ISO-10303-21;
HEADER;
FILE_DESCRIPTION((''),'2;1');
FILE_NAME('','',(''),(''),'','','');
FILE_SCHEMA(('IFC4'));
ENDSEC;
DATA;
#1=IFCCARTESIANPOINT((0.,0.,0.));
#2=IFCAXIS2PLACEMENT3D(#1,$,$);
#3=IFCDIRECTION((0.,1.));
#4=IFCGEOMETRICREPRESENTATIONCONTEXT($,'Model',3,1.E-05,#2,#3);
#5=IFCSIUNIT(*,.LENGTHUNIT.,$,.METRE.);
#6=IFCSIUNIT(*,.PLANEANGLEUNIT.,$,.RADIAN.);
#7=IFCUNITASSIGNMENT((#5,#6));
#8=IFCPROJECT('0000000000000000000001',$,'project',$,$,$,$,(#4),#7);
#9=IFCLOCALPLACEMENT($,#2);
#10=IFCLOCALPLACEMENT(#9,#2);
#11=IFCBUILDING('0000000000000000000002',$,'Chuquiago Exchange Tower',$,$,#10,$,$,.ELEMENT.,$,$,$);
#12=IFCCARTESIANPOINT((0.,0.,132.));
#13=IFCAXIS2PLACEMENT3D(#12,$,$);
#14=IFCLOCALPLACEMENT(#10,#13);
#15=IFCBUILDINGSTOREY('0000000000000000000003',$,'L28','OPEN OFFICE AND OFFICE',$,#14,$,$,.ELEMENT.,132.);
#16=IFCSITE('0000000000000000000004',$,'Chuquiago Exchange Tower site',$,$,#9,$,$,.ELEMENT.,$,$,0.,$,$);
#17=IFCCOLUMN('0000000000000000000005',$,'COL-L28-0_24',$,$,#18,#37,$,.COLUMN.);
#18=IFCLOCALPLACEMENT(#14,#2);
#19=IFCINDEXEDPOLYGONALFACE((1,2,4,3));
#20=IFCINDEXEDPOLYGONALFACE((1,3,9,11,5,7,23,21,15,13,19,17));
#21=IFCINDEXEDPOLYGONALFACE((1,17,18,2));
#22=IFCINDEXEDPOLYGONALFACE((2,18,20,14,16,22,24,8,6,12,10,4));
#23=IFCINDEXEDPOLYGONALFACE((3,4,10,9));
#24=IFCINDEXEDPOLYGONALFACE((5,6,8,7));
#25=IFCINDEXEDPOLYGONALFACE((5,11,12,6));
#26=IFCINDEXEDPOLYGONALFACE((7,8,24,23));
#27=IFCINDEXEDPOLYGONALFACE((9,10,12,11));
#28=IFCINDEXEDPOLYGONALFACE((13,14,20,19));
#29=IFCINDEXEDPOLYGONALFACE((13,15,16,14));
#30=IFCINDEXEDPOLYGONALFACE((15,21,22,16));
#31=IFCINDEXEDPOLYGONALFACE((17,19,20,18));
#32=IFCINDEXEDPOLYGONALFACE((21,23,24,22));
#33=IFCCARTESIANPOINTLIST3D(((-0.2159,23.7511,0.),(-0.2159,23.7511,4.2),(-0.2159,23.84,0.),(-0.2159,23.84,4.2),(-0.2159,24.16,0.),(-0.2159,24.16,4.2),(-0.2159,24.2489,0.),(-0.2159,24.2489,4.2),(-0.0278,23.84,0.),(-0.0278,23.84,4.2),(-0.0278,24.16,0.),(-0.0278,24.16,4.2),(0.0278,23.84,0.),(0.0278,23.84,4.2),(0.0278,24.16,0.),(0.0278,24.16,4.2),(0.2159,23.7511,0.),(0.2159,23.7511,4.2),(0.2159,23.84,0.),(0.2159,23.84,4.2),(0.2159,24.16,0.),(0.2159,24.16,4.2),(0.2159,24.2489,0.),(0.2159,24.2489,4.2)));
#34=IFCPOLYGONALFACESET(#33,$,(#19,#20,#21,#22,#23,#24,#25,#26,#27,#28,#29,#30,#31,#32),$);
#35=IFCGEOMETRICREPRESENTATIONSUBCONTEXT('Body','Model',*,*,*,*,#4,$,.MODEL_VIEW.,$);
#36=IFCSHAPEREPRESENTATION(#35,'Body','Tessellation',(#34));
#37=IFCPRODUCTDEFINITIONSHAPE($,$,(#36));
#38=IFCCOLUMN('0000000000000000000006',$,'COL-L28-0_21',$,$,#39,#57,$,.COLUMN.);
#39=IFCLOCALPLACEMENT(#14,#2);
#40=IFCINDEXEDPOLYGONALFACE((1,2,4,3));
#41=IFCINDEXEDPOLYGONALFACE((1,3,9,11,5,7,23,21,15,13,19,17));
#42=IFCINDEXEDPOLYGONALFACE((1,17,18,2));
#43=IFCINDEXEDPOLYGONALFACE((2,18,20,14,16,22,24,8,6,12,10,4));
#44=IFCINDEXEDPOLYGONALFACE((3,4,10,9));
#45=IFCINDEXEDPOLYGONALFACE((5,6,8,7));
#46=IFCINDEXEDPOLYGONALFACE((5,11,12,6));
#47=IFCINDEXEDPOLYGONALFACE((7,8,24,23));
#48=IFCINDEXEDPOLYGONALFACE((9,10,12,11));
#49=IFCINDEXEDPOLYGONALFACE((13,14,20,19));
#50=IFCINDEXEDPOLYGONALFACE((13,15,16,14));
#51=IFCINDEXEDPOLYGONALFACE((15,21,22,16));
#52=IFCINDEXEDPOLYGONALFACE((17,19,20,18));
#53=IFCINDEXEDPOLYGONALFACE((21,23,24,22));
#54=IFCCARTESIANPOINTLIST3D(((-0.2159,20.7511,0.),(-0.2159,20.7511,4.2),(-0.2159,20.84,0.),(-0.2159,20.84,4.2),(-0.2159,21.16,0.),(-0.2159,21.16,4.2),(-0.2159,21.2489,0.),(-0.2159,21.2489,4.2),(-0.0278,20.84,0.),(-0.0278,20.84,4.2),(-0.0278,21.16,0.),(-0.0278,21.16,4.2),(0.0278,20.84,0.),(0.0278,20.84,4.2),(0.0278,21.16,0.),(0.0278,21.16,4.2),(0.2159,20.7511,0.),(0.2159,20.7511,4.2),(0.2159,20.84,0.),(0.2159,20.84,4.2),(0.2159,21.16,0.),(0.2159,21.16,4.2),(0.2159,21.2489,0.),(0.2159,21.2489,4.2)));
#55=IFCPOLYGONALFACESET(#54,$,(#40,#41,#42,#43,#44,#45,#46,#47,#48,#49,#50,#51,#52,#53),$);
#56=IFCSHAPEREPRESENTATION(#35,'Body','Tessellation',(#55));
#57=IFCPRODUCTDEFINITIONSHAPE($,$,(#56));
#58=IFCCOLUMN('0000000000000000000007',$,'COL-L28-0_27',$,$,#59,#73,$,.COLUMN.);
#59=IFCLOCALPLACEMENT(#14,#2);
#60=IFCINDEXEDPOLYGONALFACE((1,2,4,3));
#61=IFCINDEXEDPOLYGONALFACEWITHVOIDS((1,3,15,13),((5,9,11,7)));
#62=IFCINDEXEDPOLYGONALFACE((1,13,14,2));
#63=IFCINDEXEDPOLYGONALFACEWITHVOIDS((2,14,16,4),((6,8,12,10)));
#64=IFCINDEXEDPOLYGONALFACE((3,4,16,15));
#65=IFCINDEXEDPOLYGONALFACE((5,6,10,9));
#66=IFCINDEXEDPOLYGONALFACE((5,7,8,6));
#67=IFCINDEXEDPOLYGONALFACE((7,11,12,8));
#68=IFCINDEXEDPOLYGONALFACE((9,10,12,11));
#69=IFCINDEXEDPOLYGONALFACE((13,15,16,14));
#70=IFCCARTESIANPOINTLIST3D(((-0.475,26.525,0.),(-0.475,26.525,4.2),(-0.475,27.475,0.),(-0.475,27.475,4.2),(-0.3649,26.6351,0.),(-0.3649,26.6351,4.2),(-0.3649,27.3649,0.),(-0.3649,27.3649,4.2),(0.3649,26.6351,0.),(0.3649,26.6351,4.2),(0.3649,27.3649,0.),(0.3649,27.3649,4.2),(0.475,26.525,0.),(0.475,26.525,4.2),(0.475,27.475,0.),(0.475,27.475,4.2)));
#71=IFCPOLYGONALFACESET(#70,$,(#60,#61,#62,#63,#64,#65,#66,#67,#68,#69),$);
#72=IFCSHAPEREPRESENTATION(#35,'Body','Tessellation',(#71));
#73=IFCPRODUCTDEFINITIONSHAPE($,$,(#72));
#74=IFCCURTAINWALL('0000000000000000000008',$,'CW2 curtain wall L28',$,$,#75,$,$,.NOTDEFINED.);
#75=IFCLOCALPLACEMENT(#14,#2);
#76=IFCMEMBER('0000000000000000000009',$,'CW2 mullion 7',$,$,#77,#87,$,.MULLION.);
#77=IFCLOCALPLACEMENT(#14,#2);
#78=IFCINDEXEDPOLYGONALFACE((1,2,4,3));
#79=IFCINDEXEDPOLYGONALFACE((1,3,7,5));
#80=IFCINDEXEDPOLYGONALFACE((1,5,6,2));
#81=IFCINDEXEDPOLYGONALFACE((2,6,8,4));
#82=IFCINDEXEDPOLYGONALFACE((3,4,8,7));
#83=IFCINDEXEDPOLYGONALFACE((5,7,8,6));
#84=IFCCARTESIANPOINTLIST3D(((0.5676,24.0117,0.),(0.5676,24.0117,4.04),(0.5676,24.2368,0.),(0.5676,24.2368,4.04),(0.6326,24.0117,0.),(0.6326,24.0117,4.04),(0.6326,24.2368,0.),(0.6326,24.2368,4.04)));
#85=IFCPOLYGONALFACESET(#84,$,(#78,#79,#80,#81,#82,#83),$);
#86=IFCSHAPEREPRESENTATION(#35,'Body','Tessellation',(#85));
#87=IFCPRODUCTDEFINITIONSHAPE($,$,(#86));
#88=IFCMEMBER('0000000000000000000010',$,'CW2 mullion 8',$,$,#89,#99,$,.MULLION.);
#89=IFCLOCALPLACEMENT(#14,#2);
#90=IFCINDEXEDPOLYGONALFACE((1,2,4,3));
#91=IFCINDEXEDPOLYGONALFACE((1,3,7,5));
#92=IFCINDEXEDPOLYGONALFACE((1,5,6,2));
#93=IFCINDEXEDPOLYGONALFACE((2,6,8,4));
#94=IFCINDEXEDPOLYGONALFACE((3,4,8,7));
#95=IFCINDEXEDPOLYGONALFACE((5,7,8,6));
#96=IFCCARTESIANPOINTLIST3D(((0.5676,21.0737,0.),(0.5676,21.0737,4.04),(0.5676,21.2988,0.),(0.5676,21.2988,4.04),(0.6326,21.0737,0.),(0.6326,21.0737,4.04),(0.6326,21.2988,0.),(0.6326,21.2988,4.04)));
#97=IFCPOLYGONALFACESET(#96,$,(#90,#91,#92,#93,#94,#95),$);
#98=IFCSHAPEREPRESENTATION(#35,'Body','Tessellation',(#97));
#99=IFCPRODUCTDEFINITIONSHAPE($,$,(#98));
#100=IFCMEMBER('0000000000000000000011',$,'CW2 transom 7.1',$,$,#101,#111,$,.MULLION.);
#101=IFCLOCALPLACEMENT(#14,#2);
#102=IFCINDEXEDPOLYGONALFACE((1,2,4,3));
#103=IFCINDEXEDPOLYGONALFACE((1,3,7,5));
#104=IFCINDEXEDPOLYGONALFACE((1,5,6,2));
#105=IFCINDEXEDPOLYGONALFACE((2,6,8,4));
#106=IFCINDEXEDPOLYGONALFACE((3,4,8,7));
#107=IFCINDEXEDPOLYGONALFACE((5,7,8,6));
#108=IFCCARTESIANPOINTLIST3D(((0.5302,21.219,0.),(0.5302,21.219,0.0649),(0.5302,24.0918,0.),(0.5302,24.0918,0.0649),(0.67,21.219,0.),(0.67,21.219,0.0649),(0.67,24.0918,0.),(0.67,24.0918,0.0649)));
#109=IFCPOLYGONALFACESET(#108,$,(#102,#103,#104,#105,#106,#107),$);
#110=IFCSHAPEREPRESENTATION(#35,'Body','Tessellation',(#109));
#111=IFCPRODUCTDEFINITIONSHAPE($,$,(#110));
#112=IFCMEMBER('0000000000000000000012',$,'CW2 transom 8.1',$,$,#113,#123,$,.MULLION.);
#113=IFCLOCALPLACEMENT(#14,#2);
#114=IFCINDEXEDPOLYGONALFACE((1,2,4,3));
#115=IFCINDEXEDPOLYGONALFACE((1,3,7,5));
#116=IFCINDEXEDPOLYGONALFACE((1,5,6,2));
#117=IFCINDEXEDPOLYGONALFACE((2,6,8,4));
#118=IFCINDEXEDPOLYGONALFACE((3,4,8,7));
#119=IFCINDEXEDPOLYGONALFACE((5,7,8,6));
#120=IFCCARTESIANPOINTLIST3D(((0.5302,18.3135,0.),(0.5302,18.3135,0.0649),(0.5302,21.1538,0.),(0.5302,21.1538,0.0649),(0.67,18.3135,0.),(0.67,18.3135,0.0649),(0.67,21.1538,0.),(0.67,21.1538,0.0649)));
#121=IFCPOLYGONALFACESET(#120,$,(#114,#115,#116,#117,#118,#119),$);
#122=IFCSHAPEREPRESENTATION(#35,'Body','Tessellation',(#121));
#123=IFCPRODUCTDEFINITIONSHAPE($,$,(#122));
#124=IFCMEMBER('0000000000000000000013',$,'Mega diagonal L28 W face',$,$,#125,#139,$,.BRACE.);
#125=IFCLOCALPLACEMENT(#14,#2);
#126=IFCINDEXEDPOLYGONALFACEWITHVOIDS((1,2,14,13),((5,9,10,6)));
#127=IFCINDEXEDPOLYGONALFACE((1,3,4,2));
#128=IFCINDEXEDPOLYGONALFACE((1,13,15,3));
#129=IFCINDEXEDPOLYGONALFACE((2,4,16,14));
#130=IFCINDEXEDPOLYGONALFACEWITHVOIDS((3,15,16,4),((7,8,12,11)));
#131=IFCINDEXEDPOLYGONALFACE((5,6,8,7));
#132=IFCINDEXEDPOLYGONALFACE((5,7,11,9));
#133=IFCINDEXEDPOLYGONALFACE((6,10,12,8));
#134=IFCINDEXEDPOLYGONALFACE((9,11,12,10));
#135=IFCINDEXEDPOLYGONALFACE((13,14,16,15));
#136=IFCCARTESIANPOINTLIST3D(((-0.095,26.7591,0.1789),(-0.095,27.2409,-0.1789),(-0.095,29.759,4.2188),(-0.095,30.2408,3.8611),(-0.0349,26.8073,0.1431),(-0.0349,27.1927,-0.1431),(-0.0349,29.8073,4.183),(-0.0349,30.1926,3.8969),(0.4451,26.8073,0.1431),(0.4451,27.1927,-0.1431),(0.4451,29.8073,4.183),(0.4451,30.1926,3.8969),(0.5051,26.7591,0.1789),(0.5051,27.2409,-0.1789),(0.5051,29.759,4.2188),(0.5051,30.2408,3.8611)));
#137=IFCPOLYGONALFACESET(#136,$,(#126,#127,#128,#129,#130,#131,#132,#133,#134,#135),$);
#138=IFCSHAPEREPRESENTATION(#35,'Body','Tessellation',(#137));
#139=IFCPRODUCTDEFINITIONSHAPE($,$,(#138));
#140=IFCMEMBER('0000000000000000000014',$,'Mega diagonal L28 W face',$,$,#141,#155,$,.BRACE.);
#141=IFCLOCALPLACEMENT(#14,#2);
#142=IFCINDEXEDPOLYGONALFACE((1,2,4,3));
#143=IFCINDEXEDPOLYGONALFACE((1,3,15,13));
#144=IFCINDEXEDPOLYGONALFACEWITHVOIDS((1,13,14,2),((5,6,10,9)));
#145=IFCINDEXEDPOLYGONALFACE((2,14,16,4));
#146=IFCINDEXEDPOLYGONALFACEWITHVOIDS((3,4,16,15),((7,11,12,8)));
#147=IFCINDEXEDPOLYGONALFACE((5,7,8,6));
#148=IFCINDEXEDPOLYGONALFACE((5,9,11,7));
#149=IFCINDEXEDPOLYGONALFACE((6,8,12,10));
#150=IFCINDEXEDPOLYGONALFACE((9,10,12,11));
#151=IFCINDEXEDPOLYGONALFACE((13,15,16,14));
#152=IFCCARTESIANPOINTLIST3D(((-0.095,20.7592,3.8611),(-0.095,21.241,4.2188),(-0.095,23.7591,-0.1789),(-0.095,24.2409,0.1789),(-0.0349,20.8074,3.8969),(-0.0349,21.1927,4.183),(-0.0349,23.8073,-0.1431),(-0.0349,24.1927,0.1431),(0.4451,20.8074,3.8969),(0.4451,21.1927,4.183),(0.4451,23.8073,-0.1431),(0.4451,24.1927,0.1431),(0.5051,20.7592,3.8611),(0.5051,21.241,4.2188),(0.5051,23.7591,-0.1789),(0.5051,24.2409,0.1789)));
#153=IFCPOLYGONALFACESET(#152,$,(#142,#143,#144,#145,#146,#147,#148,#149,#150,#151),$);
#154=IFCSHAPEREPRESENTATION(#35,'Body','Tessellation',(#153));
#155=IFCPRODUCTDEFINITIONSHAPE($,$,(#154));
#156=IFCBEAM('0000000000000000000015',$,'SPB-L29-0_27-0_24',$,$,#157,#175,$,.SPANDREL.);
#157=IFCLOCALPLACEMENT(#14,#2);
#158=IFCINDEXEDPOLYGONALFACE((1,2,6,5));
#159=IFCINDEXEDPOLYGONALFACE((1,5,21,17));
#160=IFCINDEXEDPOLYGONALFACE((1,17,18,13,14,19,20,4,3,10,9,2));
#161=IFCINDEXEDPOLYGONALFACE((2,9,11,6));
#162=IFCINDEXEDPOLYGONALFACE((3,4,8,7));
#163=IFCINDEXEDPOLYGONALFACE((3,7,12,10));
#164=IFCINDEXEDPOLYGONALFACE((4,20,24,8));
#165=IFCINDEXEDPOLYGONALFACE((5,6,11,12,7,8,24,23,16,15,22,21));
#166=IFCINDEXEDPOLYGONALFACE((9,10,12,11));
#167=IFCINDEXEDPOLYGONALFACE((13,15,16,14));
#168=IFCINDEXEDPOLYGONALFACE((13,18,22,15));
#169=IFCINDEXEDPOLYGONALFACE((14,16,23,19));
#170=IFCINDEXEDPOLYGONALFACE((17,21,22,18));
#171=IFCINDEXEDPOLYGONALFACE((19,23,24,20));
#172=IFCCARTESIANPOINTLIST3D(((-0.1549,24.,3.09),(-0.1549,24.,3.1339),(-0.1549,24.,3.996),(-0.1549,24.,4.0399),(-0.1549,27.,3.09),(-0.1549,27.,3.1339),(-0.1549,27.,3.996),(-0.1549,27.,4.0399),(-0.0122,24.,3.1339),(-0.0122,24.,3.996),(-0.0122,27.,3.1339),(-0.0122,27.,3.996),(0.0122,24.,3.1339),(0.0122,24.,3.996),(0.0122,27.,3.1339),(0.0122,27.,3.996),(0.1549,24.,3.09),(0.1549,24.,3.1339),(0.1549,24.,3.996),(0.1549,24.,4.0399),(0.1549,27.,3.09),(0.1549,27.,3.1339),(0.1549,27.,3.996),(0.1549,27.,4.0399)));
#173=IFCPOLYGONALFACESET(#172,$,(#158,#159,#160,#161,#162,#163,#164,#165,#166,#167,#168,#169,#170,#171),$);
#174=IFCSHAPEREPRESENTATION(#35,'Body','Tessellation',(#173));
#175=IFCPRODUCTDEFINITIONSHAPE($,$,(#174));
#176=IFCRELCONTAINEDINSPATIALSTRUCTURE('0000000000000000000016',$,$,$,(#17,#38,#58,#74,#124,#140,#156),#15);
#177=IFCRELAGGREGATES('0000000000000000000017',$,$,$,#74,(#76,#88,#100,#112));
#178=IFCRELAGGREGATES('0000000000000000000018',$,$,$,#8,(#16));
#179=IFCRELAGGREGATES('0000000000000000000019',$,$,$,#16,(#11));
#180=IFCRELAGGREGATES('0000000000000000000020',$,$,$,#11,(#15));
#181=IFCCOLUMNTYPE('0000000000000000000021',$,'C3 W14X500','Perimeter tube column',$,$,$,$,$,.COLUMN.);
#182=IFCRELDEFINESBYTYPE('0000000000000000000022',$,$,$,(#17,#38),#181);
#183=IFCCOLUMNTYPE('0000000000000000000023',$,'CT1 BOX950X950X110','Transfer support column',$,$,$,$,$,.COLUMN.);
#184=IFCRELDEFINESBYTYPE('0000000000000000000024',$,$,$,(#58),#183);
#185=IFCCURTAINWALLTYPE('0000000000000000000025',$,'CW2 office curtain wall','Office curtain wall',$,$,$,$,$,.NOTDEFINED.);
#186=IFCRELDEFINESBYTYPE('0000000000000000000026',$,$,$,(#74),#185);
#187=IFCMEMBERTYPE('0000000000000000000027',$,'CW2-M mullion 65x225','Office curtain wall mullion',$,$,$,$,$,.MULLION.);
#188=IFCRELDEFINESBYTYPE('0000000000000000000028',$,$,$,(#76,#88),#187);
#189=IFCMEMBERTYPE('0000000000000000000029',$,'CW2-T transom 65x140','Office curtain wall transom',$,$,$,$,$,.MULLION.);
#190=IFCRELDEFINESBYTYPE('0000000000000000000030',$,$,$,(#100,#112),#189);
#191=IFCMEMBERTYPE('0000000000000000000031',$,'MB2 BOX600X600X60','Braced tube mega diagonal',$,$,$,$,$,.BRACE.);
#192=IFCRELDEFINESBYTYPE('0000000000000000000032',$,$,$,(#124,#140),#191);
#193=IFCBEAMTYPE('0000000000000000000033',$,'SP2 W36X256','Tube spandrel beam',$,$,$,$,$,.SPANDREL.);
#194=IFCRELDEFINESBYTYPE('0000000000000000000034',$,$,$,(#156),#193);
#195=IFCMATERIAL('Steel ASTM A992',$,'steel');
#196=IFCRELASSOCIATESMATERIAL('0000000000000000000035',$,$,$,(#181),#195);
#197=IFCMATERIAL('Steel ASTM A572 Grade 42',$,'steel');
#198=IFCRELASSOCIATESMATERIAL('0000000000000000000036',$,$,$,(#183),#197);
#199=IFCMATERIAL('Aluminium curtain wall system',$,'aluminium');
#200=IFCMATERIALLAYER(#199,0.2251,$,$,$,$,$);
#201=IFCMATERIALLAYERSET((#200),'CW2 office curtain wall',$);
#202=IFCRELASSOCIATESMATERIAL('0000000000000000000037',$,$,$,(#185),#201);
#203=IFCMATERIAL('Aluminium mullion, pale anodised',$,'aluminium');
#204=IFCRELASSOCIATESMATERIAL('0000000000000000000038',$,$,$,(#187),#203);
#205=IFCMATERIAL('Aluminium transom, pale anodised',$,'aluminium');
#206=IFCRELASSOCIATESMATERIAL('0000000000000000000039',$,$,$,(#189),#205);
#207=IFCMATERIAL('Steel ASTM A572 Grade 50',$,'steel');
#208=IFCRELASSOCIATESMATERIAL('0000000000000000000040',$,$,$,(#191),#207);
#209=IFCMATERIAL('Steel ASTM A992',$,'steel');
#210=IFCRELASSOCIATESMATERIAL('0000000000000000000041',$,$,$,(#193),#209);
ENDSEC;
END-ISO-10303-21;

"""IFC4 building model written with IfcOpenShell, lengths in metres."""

from ifc_helpers import new_model, si_unit, direction, frame, origin, origin_2d, place, context, subcontext, project, spatial, rectangle, hollow_rectangle, i_section, extrude, material, layer, layer_set, material_profile, profile_set, type_object, element, aggregate, save


model = new_model("IFC4")

# Units and contexts
model_context = context("Model", 3, precision=1e-05, world=origin(), true_north=direction((0.0, 1.0)))
body_context = subcontext(model_context, "Body", "Model", "MODEL_VIEW")
ifc_project = project(units=[si_unit("LENGTHUNIT", "METRE"), si_unit("PLANEANGLEUNIT", "RADIAN")], contexts=[model_context])

# Site, building, storey
site_placement = place(None, origin())
site = spatial("IfcSite", under=ifc_project, at=site_placement, Name="Chuquiago Exchange Tower site", CompositionType="ELEMENT", RefElevation=0.0)
building_placement = place(site_placement, origin())
building = spatial("IfcBuilding", under=site, at=building_placement, Name="Chuquiago Exchange Tower", CompositionType="ELEMENT")
storey_placement = place(building_placement, frame((0.0, 0.0, 132.0)))
storey = spatial("IfcBuildingStorey", under=building, at=storey_placement, Name="L28", Description="OPEN OFFICE AND OFFICE", CompositionType="ELEMENT", Elevation=132.0)

# Columns
ifc_material_1 = material(Name="Steel ASTM A992", Category="steel")
ifc_material_profile_1 = material_profile(ifc_material_1, i_section(OverallWidth=0.4319, OverallDepth=0.4978, WebThickness=0.0557, FlangeThickness=0.0889, at=origin_2d()), Name="W14X500")
ifc_profile_set_1 = profile_set([ifc_material_profile_1], Name="Steel ASTM A992")
column_type_1 = type_object("IfcColumnType", Name="C3 W14X500", Description="Perimeter tube column", PredefinedType="COLUMN", material=ifc_profile_set_1)
for number, where, z_axis, x_axis, name in (
    (1, (0.0, 24.0, 0.0), (0.0, 0.0, 1.0), (-1.0, 0.0, 0.0), "COL-L28-0_24"),
    (2, (0.0, 21.0, 0.0), (0.0, 0.0, 1.0), (-1.0, 0.0, 0.0), "COL-L28-0_21"),
):
    element("IfcColumn", number, at=place(storey_placement, frame(where, z_axis=z_axis, x_axis=x_axis)), inside=storey, type_object=column_type_1, Name=name, PredefinedType="COLUMN", context=body_context, shape_type="SweptSolid", body=[
        extrude(i_section(OverallWidth=0.4319, OverallDepth=0.4978, WebThickness=0.0557, FlangeThickness=0.0889, at=origin_2d()), origin(), (0.0, 0.0, 1.0), 4.2),
    ])
ifc_material_2 = material(Name="Steel ASTM A572 Grade 42", Category="steel")
ifc_material_profile_2 = material_profile(ifc_material_2, hollow_rectangle(XDim=0.95, YDim=0.95, WallThickness=0.1101, at=origin_2d()), Name="BOX950X950X110")
ifc_profile_set_2 = profile_set([ifc_material_profile_2], Name="Steel ASTM A572 Grade 42")
column_type_2 = type_object("IfcColumnType", Name="CT1 BOX950X950X110", Description="Transfer support column", PredefinedType="COLUMN", material=ifc_profile_set_2)
column_placement = place(storey_placement, frame((0.0, 27.0, 0.0), z_axis=(0.0, 0.0, 1.0), x_axis=(-1.0, 0.0, 0.0)))
element("IfcColumn", 3, at=column_placement, inside=storey, type_object=column_type_2, Name="COL-L28-0_27", PredefinedType="COLUMN", context=body_context, shape_type="SweptSolid", body=[
    extrude(hollow_rectangle(XDim=0.95, YDim=0.95, WallThickness=0.1101, at=origin_2d()), origin(), (0.0, 0.0, 1.0), 4.2),
])

# Curtain wall, members
ifc_material_3 = material(Name="Aluminium curtain wall system", Category="aluminium")
ifc_layer_1 = layer(ifc_material_3, 0.2251)
ifc_layer_set_1 = layer_set([ifc_layer_1], Name="CW2 office curtain wall")
curtain_wall_type = type_object("IfcCurtainWallType", Name="CW2 office curtain wall", Description="Office curtain wall", PredefinedType="NOTDEFINED", material=ifc_layer_set_1)
curtain_wall_placement = place(storey_placement, origin())
curtain_wall = element("IfcCurtainWall", 4, at=curtain_wall_placement, inside=storey, type_object=curtain_wall_type, Name="CW2 curtain wall L28", PredefinedType="NOTDEFINED")
ifc_material_4 = material(Name="Aluminium mullion, pale anodised", Category="aluminium")
ifc_material_profile_3 = material_profile(ifc_material_4, rectangle(XDim=0.0649, YDim=0.2251, at=origin_2d()), Name="AL 65x225")
ifc_profile_set_3 = profile_set([ifc_material_profile_3], Name="Aluminium mullion, pale anodised")
member_type_1 = type_object("IfcMemberType", Name="CW2-M mullion 65x225", Description="Office curtain wall mullion", PredefinedType="MULLION", material=ifc_profile_set_3)
member_1_placement = place(storey_placement, frame((0.6001, 24.1243, 0.0), z_axis=(0.0, 0.0, 1.0), x_axis=(1.0, 0.0, 0.0)))
member_1 = element("IfcMember", 5, at=member_1_placement, type_object=member_type_1, Name="CW2 mullion 7", PredefinedType="MULLION", context=body_context, shape_type="SweptSolid", body=[
    extrude(rectangle(XDim=0.0649, YDim=0.2251, at=origin_2d()), origin(), (0.0, 0.0, 1.0), 4.04),
])
member_2_placement = place(storey_placement, frame((0.6001, 21.1863, 0.0), z_axis=(0.0, 0.0, 1.0), x_axis=(1.0, 0.0, 0.0)))
member_2 = element("IfcMember", 6, at=member_2_placement, type_object=member_type_1, Name="CW2 mullion 8", PredefinedType="MULLION", context=body_context, shape_type="SweptSolid", body=[
    extrude(rectangle(XDim=0.0649, YDim=0.2251, at=origin_2d()), origin(), (0.0, 0.0, 1.0), 4.04),
])
ifc_material_5 = material(Name="Aluminium transom, pale anodised", Category="aluminium")
ifc_material_profile_4 = material_profile(ifc_material_5, rectangle(XDim=0.1399, YDim=0.0649, at=origin_2d()), Name="AL 140x65")
ifc_profile_set_4 = profile_set([ifc_material_profile_4], Name="Aluminium transom, pale anodised")
member_type_2 = type_object("IfcMemberType", Name="CW2-T transom 65x140", Description="Office curtain wall transom", PredefinedType="MULLION", material=ifc_profile_set_4)
member_3_placement = place(storey_placement, frame((0.6001, 24.0918, 0.0325), z_axis=(0.0, -1.0, 0.0), x_axis=(1.0, 0.0, 0.0)))
member_3 = element("IfcMember", 7, at=member_3_placement, type_object=member_type_2, Name="CW2 transom 7.1", PredefinedType="MULLION", context=body_context, shape_type="SweptSolid", body=[
    extrude(rectangle(XDim=0.1399, YDim=0.0649, at=origin_2d()), origin(), (0.0, 0.0, 1.0), 2.8728),
])
member_4_placement = place(storey_placement, frame((0.6001, 21.1538, 0.0325), z_axis=(0.0, -1.0, 0.0), x_axis=(1.0, 0.0, 0.0)))
member_4 = element("IfcMember", 8, at=member_4_placement, type_object=member_type_2, Name="CW2 transom 8.1", PredefinedType="MULLION", context=body_context, shape_type="SweptSolid", body=[
    extrude(rectangle(XDim=0.1399, YDim=0.0649, at=origin_2d()), origin(), (0.0, 0.0, 1.0), 2.8403),
])

# Members
ifc_material_6 = material(Name="Steel ASTM A572 Grade 50", Category="steel")
ifc_material_profile_5 = material_profile(ifc_material_6, hollow_rectangle(XDim=0.6001, YDim=0.6001, WallThickness=0.0601, at=origin_2d()), Name="BOX600X600X60")
ifc_profile_set_5 = profile_set([ifc_material_profile_5], Name="Steel ASTM A572 Grade 50")
member_type_3 = type_object("IfcMemberType", Name="MB2 BOX600X600X60", Description="Braced tube mega diagonal", PredefinedType="BRACE", material=ifc_profile_set_5)
for number, where, z_axis, x_axis, name in (
    (9, (0.2051, 27.0, 0.0), (0.0, 0.596174, 0.802855), (-1.0, 0.0, 0.0), "Mega diagonal L28 W face"),
    (10, (0.2051, 24.0, 0.0), (0.0, -0.596174, 0.802855), (1.0, 0.0, 0.0), "Mega diagonal L28 W face"),
):
    element("IfcMember", number, at=place(storey_placement, frame(where, z_axis=z_axis, x_axis=x_axis)), inside=storey, type_object=member_type_3, Name=name, PredefinedType="BRACE", context=body_context, shape_type="SweptSolid", body=[
        extrude(hollow_rectangle(XDim=0.6001, YDim=0.6001, WallThickness=0.0601, at=origin_2d()), origin(), (0.0, 0.0, 1.0), 5.032),
    ])

# Beam
ifc_material_7 = material(Name="Steel ASTM A992", Category="steel")
ifc_material_profile_6 = material_profile(ifc_material_7, i_section(OverallWidth=0.3098, OverallDepth=0.95, WebThickness=0.0244, FlangeThickness=0.0439, at=origin_2d()), Name="W36X256")
ifc_profile_set_6 = profile_set([ifc_material_profile_6], Name="Steel ASTM A992")
beam_type = type_object("IfcBeamType", Name="SP2 W36X256", Description="Tube spandrel beam", PredefinedType="SPANDREL", material=ifc_profile_set_6)
for number, where, z_axis, x_axis, name in (
    (11, (0.0, 27.0, 3.5649), (0.0, -1.0, 0.0), (1.0, 0.0, 0.0), "SPB-L29-0_27-0_24"),
):
    element("IfcBeam", number, at=place(storey_placement, frame(where, z_axis=z_axis, x_axis=x_axis)), inside=storey, type_object=beam_type, Name=name, PredefinedType="SPANDREL", context=body_context, shape_type="SweptSolid", body=[
        extrude(i_section(OverallWidth=0.3098, OverallDepth=0.95, WebThickness=0.0244, FlangeThickness=0.0439, at=origin_2d()), origin(), (0.0, 0.0, 1.0), 3.0),
    ])

aggregate(curtain_wall, [member_1, member_2, member_3, member_4])

save(model, "model.ifc")
